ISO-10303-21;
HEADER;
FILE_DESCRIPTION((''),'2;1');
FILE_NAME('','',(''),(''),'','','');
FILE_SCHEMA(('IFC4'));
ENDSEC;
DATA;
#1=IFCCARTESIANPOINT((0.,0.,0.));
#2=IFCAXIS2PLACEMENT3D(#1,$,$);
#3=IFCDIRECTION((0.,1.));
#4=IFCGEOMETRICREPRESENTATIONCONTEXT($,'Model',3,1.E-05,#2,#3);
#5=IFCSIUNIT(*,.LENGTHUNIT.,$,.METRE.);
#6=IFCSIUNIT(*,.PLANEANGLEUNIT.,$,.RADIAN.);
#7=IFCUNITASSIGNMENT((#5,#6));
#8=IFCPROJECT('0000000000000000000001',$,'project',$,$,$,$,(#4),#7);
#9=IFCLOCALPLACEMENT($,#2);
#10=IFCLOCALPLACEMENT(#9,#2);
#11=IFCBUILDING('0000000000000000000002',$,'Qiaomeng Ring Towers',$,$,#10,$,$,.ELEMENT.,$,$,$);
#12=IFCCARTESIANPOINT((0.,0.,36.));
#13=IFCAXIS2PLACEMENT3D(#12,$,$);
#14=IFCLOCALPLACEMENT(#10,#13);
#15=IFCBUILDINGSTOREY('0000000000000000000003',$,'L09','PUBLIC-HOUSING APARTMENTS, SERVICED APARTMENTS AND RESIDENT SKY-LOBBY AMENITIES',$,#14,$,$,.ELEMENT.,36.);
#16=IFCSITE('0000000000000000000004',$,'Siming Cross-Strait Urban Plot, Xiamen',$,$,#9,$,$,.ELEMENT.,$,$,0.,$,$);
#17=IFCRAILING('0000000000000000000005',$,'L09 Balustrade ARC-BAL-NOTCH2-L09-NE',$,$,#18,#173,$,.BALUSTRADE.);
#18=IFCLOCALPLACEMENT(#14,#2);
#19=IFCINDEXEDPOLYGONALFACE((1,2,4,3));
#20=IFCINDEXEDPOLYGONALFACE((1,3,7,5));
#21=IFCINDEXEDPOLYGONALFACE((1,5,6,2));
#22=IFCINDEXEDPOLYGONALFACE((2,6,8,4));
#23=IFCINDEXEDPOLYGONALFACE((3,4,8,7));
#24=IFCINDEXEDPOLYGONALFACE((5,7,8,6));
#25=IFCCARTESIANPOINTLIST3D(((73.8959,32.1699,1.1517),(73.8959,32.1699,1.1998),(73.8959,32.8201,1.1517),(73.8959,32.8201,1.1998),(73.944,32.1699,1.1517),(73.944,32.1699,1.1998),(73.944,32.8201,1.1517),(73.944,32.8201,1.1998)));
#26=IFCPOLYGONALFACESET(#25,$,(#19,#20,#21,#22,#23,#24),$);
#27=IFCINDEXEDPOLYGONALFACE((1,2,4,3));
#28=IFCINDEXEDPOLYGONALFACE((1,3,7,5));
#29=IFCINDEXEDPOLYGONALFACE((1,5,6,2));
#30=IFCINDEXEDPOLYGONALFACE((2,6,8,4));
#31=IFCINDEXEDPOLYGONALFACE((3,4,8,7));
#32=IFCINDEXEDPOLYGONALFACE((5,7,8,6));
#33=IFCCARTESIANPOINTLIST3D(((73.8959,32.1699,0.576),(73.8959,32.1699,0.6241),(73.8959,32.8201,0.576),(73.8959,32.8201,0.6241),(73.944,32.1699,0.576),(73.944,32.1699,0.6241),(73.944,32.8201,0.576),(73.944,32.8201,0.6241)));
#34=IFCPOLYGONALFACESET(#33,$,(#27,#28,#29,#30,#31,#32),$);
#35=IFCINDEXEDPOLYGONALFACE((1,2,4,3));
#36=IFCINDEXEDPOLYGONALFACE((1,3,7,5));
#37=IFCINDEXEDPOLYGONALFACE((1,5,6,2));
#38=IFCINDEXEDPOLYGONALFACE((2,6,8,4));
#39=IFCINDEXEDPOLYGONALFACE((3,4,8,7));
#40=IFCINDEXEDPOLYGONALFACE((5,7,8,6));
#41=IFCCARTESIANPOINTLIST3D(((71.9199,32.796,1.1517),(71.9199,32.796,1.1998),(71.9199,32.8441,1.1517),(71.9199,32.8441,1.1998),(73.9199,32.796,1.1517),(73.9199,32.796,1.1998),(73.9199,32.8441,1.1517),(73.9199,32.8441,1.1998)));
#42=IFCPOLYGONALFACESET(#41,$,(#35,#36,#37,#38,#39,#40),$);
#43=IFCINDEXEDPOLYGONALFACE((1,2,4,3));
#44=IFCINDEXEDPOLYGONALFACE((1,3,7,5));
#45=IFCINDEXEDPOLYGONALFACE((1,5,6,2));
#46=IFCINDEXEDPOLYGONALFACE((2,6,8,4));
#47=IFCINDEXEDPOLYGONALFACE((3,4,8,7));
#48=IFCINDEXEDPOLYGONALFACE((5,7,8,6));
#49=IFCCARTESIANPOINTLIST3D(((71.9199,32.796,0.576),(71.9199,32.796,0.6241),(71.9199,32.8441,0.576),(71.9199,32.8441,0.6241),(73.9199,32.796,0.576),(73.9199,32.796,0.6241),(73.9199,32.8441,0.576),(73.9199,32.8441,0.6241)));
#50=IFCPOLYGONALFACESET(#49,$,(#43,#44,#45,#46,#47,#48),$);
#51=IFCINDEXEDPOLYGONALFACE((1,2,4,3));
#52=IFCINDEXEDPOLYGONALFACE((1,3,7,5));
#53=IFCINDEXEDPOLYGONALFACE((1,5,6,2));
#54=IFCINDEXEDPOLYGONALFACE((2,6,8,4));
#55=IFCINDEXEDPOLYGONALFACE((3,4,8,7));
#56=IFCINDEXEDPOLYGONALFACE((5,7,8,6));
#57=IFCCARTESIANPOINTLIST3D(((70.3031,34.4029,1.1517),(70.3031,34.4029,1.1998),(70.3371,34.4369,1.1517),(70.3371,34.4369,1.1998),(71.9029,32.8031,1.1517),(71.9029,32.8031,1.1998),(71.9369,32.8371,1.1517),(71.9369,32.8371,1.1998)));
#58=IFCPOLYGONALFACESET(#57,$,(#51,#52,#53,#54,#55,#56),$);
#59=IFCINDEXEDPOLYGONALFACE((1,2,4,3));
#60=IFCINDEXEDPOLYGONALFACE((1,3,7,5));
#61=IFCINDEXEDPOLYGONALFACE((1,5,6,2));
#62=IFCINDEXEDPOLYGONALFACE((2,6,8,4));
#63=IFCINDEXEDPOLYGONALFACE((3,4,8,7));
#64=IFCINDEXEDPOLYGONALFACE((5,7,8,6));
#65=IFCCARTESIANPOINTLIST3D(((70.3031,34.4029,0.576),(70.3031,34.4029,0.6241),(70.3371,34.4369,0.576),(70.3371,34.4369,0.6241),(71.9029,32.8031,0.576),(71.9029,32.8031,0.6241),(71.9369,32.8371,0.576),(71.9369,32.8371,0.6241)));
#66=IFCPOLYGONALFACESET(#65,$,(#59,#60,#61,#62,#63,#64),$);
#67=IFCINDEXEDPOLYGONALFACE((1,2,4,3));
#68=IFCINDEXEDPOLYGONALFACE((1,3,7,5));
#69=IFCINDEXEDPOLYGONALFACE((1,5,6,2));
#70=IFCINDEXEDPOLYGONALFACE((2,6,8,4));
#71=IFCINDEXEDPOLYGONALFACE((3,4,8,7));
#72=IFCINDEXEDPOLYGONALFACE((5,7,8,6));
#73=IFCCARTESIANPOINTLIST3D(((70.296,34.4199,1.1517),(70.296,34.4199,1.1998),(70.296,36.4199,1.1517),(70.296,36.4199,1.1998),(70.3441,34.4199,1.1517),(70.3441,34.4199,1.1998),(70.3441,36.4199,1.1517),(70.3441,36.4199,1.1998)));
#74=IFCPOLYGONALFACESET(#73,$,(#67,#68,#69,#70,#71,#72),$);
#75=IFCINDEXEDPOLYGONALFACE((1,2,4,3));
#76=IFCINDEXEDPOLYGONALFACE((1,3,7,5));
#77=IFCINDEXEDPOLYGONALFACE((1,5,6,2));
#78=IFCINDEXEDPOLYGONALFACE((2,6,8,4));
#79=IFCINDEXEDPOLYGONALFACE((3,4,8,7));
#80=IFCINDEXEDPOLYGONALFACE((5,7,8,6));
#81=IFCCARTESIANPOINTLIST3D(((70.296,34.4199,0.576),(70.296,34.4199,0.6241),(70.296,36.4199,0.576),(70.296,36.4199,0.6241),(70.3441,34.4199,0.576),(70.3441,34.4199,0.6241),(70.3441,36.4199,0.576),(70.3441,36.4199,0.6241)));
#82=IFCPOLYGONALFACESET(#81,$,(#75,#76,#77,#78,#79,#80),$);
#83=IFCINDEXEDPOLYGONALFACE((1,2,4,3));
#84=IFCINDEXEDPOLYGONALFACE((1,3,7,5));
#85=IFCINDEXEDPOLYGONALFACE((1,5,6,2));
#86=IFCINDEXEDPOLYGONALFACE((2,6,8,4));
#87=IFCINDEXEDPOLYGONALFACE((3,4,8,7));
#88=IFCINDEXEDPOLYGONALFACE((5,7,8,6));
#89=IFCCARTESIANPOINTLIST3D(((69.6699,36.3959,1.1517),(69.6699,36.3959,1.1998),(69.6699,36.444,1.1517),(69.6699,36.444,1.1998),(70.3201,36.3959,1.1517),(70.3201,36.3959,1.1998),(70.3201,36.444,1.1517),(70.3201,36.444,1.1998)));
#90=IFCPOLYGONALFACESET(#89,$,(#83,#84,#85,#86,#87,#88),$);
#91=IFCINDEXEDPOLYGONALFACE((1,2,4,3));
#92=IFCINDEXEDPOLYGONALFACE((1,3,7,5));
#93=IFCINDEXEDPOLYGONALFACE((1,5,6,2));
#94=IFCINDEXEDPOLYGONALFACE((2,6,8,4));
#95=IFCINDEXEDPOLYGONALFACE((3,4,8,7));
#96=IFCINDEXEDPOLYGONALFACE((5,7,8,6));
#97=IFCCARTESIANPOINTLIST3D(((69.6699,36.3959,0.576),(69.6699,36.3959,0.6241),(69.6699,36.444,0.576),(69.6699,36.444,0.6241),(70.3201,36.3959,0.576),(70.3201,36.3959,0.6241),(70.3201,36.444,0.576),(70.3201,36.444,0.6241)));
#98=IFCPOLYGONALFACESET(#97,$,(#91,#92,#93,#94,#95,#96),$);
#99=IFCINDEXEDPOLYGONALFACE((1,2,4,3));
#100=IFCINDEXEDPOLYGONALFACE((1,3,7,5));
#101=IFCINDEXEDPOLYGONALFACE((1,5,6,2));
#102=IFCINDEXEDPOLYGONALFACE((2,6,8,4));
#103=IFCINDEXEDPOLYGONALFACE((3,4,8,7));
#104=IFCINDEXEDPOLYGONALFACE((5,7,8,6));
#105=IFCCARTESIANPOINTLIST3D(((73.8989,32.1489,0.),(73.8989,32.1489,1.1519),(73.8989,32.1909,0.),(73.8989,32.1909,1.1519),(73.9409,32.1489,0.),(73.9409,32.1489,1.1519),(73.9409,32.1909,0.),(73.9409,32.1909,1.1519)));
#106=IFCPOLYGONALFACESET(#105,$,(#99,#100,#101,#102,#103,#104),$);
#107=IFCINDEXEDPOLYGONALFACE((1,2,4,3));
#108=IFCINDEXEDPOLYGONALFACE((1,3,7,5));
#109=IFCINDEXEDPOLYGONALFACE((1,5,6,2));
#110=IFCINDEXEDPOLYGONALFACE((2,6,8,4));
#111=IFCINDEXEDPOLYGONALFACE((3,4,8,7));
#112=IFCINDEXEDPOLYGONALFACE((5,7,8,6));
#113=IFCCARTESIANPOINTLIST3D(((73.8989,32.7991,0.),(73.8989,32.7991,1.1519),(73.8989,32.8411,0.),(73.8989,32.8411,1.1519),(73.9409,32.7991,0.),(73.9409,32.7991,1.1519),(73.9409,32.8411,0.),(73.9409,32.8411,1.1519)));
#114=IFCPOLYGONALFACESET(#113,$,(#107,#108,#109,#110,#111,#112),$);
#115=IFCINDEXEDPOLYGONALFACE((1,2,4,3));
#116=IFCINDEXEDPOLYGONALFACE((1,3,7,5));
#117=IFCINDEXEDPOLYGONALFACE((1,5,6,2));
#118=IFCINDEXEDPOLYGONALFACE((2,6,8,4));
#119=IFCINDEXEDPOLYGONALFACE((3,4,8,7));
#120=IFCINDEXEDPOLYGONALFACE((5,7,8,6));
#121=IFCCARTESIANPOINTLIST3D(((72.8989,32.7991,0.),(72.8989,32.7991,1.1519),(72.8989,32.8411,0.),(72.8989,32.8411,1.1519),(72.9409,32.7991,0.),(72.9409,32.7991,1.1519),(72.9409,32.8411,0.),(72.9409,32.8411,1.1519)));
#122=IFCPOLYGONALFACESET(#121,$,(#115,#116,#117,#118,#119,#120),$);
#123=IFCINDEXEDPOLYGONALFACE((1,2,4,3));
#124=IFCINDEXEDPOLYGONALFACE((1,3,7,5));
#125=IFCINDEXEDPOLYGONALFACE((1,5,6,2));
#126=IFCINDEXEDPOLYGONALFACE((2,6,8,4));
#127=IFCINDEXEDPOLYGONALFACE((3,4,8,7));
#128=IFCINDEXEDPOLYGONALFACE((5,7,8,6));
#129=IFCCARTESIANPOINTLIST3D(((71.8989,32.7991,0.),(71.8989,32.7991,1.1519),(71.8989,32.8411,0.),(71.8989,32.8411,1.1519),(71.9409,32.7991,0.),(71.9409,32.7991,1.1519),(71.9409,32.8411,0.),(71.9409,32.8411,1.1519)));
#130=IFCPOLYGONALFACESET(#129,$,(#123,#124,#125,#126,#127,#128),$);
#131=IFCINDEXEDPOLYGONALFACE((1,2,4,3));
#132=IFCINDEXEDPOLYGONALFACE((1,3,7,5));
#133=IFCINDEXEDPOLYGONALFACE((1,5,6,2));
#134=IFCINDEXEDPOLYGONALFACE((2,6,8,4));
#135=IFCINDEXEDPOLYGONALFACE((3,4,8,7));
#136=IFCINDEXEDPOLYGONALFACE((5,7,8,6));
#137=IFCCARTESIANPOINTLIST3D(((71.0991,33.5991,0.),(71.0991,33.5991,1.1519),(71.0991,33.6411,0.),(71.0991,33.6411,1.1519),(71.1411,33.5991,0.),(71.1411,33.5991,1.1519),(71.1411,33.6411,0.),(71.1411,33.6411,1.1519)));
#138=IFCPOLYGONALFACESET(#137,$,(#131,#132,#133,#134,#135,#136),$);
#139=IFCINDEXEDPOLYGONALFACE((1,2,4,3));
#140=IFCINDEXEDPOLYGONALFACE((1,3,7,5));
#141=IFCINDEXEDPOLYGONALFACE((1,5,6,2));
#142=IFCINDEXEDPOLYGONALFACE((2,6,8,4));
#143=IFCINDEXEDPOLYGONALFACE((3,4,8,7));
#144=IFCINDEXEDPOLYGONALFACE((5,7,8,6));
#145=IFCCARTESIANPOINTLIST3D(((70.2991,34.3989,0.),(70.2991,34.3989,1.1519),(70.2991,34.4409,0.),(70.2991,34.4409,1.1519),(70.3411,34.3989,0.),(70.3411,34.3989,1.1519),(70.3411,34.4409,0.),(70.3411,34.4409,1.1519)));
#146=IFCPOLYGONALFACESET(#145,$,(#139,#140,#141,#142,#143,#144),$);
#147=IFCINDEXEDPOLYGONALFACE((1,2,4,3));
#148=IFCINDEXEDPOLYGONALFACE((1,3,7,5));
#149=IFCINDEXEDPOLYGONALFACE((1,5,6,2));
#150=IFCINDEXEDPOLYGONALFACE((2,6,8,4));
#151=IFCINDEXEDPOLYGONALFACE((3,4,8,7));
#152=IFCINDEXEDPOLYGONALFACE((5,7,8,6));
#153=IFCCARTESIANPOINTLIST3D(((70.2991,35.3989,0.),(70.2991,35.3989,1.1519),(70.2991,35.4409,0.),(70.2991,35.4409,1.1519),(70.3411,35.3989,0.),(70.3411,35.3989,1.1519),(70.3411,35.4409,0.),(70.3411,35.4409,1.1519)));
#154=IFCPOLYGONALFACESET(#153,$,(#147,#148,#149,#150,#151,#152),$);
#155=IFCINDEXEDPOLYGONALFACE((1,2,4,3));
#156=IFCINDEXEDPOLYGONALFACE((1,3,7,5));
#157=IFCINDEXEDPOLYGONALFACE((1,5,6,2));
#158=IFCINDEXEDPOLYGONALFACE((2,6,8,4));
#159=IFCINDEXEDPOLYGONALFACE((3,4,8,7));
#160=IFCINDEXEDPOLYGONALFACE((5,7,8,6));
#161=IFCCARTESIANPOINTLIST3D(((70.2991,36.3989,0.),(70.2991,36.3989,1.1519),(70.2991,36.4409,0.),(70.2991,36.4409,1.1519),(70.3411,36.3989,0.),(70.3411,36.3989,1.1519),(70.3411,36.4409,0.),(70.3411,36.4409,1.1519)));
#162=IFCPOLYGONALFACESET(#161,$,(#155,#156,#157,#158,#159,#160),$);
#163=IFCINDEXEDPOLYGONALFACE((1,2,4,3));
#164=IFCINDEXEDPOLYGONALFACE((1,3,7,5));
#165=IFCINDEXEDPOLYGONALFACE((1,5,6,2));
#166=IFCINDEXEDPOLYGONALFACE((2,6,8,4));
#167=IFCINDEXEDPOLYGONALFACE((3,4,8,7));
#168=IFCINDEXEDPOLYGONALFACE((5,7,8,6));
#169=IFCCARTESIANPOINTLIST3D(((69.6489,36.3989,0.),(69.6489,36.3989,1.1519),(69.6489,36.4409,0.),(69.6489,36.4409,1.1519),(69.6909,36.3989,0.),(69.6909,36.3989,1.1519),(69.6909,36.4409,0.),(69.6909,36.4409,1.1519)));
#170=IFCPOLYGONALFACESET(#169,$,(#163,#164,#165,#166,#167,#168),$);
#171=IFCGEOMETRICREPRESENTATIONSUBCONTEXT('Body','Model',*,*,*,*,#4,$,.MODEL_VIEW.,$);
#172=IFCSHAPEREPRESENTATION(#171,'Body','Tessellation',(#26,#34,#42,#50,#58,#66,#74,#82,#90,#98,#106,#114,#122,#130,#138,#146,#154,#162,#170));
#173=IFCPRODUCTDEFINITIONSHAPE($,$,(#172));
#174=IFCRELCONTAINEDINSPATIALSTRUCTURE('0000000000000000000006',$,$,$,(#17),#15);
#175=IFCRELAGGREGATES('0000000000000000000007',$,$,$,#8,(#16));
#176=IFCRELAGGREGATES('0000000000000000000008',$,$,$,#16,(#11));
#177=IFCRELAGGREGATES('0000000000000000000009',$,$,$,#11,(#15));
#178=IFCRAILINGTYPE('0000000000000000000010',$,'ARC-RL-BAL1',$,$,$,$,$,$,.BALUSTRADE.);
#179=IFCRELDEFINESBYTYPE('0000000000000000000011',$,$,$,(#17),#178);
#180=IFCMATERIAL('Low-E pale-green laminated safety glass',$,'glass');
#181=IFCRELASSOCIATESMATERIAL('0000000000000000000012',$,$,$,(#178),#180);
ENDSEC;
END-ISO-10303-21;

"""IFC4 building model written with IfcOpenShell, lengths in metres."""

from ifc_helpers import new_model, si_unit, direction, frame, origin, origin_2d, place, context, subcontext, project, spatial, rectangle, extrude, material, type_object, element, save


model = new_model("IFC4")

# Units and contexts
model_context = context("Model", 3, precision=1e-05, world=origin(), true_north=direction((0.0, 1.0)))
body_context = subcontext(model_context, "Body", "Model", "MODEL_VIEW")
ifc_project = project(units=[si_unit("LENGTHUNIT", "METRE"), si_unit("PLANEANGLEUNIT", "RADIAN")], contexts=[model_context])

# Site, building, storey
site_placement = place(None, origin())
site = spatial("IfcSite", under=ifc_project, at=site_placement, Name="Siming Cross-Strait Urban Plot, Xiamen", CompositionType="ELEMENT", RefElevation=0.0)
building_placement = place(site_placement, origin())
building = spatial("IfcBuilding", under=site, at=building_placement, Name="Qiaomeng Ring Towers", CompositionType="ELEMENT")
storey_placement = place(building_placement, frame((0.0, 0.0, 36.0)))
storey = spatial("IfcBuildingStorey", under=building, at=storey_placement, Name="L09", Description="PUBLIC-HOUSING APARTMENTS, SERVICED APARTMENTS AND RESIDENT SKY-LOBBY AMENITIES", CompositionType="ELEMENT", Elevation=36.0)

# Railing
ifc_material_1 = material(Name="Low-E pale-green laminated safety glass", Category="glass")
railing_type = type_object("IfcRailingType", Name="ARC-RL-BAL1", PredefinedType="BALUSTRADE", material=ifc_material_1)
railing_1_placement = place(storey_placement, frame((73.9199, 32.1699, 0.0)))
element("IfcRailing", 1, at=railing_1_placement, inside=storey, type_object=railing_type, Name="L09 Balustrade ARC-BAL-NOTCH2-L09-NE", PredefinedType="BALUSTRADE", context=body_context, shape_type="SweptSolid", body=[
    extrude(rectangle(XDim=0.0481, YDim=0.0481, at=origin_2d()), frame((0.0, 0.0, 1.1758), z_axis=(0.0, 1.0, 0.0), x_axis=(-1.0, 0.0, 0.0)), (0.0, 0.0, 1.0), 0.6501),
    extrude(rectangle(XDim=0.0481, YDim=0.0481, at=origin_2d()), frame((0.0, 0.0, 0.6001), z_axis=(0.0, 1.0, 0.0), x_axis=(-1.0, 0.0, 0.0)), (0.0, 0.0, 1.0), 0.6501),
    extrude(rectangle(XDim=0.0481, YDim=0.0481, at=origin_2d()), frame((0.0, 0.6501, 1.1758), z_axis=(-1.0, 0.0, 0.0), x_axis=(0.0, -1.0, 0.0)), (0.0, 0.0, 1.0), 2.0),
    extrude(rectangle(XDim=0.0481, YDim=0.0481, at=origin_2d()), frame((0.0, 0.6501, 0.6001), z_axis=(-1.0, 0.0, 0.0), x_axis=(0.0, -1.0, 0.0)), (0.0, 0.0, 1.0), 2.0),
    extrude(rectangle(XDim=0.0481, YDim=0.0481, at=origin_2d()), frame((-2.0, 0.6501, 1.1758), z_axis=(-0.707107, 0.707107, 0.0), x_axis=(-0.707107, -0.707107, 0.0)), (0.0, 0.0, 1.0), 2.2625),
    extrude(rectangle(XDim=0.0481, YDim=0.0481, at=origin_2d()), frame((-2.0, 0.6501, 0.6001), z_axis=(-0.707107, 0.707107, 0.0), x_axis=(-0.707107, -0.707107, 0.0)), (0.0, 0.0, 1.0), 2.2625),
    extrude(rectangle(XDim=0.0481, YDim=0.0481, at=origin_2d()), frame((-3.5999, 2.25, 1.1758), z_axis=(0.0, 1.0, 0.0), x_axis=(-1.0, 0.0, 0.0)), (0.0, 0.0, 1.0), 2.0),
    extrude(rectangle(XDim=0.0481, YDim=0.0481, at=origin_2d()), frame((-3.5999, 2.25, 0.6001), z_axis=(0.0, 1.0, 0.0), x_axis=(-1.0, 0.0, 0.0)), (0.0, 0.0, 1.0), 2.0),
    extrude(rectangle(XDim=0.0481, YDim=0.0481, at=origin_2d()), frame((-3.5999, 4.25, 1.1758), z_axis=(-1.0, 0.0, 0.0), x_axis=(0.0, -1.0, 0.0)), (0.0, 0.0, 1.0), 0.6501),
    extrude(rectangle(XDim=0.0481, YDim=0.0481, at=origin_2d()), frame((-3.5999, 4.25, 0.6001), z_axis=(-1.0, 0.0, 0.0), x_axis=(0.0, -1.0, 0.0)), (0.0, 0.0, 1.0), 0.6501),
    extrude(rectangle(XDim=0.042, YDim=0.042, at=origin_2d()), origin(), (0.0, 0.0, 1.0), 1.1519),
    extrude(rectangle(XDim=0.042, YDim=0.042, at=origin_2d()), frame((0.0, 0.6501, 0.0)), (0.0, 0.0, 1.0), 1.1519),
    extrude(rectangle(XDim=0.042, YDim=0.042, at=origin_2d()), frame((-1.0, 0.6501, 0.0)), (0.0, 0.0, 1.0), 1.1519),
    extrude(rectangle(XDim=0.042, YDim=0.042, at=origin_2d()), frame((-2.0, 0.6501, 0.0)), (0.0, 0.0, 1.0), 1.1519),
    extrude(rectangle(XDim=0.042, YDim=0.042, at=origin_2d()), frame((-2.7998, 1.4502, 0.0)), (0.0, 0.0, 1.0), 1.1519),
    extrude(rectangle(XDim=0.042, YDim=0.042, at=origin_2d()), frame((-3.5999, 2.25, 0.0)), (0.0, 0.0, 1.0), 1.1519),
    extrude(rectangle(XDim=0.042, YDim=0.042, at=origin_2d()), frame((-3.5999, 3.25, 0.0)), (0.0, 0.0, 1.0), 1.1519),
    extrude(rectangle(XDim=0.042, YDim=0.042, at=origin_2d()), frame((-3.5999, 4.25, 0.0)), (0.0, 0.0, 1.0), 1.1519),
    extrude(rectangle(XDim=0.042, YDim=0.042, at=origin_2d()), frame((-4.25, 4.25, 0.0)), (0.0, 0.0, 1.0), 1.1519),
])

save(model, "model.ifc")
